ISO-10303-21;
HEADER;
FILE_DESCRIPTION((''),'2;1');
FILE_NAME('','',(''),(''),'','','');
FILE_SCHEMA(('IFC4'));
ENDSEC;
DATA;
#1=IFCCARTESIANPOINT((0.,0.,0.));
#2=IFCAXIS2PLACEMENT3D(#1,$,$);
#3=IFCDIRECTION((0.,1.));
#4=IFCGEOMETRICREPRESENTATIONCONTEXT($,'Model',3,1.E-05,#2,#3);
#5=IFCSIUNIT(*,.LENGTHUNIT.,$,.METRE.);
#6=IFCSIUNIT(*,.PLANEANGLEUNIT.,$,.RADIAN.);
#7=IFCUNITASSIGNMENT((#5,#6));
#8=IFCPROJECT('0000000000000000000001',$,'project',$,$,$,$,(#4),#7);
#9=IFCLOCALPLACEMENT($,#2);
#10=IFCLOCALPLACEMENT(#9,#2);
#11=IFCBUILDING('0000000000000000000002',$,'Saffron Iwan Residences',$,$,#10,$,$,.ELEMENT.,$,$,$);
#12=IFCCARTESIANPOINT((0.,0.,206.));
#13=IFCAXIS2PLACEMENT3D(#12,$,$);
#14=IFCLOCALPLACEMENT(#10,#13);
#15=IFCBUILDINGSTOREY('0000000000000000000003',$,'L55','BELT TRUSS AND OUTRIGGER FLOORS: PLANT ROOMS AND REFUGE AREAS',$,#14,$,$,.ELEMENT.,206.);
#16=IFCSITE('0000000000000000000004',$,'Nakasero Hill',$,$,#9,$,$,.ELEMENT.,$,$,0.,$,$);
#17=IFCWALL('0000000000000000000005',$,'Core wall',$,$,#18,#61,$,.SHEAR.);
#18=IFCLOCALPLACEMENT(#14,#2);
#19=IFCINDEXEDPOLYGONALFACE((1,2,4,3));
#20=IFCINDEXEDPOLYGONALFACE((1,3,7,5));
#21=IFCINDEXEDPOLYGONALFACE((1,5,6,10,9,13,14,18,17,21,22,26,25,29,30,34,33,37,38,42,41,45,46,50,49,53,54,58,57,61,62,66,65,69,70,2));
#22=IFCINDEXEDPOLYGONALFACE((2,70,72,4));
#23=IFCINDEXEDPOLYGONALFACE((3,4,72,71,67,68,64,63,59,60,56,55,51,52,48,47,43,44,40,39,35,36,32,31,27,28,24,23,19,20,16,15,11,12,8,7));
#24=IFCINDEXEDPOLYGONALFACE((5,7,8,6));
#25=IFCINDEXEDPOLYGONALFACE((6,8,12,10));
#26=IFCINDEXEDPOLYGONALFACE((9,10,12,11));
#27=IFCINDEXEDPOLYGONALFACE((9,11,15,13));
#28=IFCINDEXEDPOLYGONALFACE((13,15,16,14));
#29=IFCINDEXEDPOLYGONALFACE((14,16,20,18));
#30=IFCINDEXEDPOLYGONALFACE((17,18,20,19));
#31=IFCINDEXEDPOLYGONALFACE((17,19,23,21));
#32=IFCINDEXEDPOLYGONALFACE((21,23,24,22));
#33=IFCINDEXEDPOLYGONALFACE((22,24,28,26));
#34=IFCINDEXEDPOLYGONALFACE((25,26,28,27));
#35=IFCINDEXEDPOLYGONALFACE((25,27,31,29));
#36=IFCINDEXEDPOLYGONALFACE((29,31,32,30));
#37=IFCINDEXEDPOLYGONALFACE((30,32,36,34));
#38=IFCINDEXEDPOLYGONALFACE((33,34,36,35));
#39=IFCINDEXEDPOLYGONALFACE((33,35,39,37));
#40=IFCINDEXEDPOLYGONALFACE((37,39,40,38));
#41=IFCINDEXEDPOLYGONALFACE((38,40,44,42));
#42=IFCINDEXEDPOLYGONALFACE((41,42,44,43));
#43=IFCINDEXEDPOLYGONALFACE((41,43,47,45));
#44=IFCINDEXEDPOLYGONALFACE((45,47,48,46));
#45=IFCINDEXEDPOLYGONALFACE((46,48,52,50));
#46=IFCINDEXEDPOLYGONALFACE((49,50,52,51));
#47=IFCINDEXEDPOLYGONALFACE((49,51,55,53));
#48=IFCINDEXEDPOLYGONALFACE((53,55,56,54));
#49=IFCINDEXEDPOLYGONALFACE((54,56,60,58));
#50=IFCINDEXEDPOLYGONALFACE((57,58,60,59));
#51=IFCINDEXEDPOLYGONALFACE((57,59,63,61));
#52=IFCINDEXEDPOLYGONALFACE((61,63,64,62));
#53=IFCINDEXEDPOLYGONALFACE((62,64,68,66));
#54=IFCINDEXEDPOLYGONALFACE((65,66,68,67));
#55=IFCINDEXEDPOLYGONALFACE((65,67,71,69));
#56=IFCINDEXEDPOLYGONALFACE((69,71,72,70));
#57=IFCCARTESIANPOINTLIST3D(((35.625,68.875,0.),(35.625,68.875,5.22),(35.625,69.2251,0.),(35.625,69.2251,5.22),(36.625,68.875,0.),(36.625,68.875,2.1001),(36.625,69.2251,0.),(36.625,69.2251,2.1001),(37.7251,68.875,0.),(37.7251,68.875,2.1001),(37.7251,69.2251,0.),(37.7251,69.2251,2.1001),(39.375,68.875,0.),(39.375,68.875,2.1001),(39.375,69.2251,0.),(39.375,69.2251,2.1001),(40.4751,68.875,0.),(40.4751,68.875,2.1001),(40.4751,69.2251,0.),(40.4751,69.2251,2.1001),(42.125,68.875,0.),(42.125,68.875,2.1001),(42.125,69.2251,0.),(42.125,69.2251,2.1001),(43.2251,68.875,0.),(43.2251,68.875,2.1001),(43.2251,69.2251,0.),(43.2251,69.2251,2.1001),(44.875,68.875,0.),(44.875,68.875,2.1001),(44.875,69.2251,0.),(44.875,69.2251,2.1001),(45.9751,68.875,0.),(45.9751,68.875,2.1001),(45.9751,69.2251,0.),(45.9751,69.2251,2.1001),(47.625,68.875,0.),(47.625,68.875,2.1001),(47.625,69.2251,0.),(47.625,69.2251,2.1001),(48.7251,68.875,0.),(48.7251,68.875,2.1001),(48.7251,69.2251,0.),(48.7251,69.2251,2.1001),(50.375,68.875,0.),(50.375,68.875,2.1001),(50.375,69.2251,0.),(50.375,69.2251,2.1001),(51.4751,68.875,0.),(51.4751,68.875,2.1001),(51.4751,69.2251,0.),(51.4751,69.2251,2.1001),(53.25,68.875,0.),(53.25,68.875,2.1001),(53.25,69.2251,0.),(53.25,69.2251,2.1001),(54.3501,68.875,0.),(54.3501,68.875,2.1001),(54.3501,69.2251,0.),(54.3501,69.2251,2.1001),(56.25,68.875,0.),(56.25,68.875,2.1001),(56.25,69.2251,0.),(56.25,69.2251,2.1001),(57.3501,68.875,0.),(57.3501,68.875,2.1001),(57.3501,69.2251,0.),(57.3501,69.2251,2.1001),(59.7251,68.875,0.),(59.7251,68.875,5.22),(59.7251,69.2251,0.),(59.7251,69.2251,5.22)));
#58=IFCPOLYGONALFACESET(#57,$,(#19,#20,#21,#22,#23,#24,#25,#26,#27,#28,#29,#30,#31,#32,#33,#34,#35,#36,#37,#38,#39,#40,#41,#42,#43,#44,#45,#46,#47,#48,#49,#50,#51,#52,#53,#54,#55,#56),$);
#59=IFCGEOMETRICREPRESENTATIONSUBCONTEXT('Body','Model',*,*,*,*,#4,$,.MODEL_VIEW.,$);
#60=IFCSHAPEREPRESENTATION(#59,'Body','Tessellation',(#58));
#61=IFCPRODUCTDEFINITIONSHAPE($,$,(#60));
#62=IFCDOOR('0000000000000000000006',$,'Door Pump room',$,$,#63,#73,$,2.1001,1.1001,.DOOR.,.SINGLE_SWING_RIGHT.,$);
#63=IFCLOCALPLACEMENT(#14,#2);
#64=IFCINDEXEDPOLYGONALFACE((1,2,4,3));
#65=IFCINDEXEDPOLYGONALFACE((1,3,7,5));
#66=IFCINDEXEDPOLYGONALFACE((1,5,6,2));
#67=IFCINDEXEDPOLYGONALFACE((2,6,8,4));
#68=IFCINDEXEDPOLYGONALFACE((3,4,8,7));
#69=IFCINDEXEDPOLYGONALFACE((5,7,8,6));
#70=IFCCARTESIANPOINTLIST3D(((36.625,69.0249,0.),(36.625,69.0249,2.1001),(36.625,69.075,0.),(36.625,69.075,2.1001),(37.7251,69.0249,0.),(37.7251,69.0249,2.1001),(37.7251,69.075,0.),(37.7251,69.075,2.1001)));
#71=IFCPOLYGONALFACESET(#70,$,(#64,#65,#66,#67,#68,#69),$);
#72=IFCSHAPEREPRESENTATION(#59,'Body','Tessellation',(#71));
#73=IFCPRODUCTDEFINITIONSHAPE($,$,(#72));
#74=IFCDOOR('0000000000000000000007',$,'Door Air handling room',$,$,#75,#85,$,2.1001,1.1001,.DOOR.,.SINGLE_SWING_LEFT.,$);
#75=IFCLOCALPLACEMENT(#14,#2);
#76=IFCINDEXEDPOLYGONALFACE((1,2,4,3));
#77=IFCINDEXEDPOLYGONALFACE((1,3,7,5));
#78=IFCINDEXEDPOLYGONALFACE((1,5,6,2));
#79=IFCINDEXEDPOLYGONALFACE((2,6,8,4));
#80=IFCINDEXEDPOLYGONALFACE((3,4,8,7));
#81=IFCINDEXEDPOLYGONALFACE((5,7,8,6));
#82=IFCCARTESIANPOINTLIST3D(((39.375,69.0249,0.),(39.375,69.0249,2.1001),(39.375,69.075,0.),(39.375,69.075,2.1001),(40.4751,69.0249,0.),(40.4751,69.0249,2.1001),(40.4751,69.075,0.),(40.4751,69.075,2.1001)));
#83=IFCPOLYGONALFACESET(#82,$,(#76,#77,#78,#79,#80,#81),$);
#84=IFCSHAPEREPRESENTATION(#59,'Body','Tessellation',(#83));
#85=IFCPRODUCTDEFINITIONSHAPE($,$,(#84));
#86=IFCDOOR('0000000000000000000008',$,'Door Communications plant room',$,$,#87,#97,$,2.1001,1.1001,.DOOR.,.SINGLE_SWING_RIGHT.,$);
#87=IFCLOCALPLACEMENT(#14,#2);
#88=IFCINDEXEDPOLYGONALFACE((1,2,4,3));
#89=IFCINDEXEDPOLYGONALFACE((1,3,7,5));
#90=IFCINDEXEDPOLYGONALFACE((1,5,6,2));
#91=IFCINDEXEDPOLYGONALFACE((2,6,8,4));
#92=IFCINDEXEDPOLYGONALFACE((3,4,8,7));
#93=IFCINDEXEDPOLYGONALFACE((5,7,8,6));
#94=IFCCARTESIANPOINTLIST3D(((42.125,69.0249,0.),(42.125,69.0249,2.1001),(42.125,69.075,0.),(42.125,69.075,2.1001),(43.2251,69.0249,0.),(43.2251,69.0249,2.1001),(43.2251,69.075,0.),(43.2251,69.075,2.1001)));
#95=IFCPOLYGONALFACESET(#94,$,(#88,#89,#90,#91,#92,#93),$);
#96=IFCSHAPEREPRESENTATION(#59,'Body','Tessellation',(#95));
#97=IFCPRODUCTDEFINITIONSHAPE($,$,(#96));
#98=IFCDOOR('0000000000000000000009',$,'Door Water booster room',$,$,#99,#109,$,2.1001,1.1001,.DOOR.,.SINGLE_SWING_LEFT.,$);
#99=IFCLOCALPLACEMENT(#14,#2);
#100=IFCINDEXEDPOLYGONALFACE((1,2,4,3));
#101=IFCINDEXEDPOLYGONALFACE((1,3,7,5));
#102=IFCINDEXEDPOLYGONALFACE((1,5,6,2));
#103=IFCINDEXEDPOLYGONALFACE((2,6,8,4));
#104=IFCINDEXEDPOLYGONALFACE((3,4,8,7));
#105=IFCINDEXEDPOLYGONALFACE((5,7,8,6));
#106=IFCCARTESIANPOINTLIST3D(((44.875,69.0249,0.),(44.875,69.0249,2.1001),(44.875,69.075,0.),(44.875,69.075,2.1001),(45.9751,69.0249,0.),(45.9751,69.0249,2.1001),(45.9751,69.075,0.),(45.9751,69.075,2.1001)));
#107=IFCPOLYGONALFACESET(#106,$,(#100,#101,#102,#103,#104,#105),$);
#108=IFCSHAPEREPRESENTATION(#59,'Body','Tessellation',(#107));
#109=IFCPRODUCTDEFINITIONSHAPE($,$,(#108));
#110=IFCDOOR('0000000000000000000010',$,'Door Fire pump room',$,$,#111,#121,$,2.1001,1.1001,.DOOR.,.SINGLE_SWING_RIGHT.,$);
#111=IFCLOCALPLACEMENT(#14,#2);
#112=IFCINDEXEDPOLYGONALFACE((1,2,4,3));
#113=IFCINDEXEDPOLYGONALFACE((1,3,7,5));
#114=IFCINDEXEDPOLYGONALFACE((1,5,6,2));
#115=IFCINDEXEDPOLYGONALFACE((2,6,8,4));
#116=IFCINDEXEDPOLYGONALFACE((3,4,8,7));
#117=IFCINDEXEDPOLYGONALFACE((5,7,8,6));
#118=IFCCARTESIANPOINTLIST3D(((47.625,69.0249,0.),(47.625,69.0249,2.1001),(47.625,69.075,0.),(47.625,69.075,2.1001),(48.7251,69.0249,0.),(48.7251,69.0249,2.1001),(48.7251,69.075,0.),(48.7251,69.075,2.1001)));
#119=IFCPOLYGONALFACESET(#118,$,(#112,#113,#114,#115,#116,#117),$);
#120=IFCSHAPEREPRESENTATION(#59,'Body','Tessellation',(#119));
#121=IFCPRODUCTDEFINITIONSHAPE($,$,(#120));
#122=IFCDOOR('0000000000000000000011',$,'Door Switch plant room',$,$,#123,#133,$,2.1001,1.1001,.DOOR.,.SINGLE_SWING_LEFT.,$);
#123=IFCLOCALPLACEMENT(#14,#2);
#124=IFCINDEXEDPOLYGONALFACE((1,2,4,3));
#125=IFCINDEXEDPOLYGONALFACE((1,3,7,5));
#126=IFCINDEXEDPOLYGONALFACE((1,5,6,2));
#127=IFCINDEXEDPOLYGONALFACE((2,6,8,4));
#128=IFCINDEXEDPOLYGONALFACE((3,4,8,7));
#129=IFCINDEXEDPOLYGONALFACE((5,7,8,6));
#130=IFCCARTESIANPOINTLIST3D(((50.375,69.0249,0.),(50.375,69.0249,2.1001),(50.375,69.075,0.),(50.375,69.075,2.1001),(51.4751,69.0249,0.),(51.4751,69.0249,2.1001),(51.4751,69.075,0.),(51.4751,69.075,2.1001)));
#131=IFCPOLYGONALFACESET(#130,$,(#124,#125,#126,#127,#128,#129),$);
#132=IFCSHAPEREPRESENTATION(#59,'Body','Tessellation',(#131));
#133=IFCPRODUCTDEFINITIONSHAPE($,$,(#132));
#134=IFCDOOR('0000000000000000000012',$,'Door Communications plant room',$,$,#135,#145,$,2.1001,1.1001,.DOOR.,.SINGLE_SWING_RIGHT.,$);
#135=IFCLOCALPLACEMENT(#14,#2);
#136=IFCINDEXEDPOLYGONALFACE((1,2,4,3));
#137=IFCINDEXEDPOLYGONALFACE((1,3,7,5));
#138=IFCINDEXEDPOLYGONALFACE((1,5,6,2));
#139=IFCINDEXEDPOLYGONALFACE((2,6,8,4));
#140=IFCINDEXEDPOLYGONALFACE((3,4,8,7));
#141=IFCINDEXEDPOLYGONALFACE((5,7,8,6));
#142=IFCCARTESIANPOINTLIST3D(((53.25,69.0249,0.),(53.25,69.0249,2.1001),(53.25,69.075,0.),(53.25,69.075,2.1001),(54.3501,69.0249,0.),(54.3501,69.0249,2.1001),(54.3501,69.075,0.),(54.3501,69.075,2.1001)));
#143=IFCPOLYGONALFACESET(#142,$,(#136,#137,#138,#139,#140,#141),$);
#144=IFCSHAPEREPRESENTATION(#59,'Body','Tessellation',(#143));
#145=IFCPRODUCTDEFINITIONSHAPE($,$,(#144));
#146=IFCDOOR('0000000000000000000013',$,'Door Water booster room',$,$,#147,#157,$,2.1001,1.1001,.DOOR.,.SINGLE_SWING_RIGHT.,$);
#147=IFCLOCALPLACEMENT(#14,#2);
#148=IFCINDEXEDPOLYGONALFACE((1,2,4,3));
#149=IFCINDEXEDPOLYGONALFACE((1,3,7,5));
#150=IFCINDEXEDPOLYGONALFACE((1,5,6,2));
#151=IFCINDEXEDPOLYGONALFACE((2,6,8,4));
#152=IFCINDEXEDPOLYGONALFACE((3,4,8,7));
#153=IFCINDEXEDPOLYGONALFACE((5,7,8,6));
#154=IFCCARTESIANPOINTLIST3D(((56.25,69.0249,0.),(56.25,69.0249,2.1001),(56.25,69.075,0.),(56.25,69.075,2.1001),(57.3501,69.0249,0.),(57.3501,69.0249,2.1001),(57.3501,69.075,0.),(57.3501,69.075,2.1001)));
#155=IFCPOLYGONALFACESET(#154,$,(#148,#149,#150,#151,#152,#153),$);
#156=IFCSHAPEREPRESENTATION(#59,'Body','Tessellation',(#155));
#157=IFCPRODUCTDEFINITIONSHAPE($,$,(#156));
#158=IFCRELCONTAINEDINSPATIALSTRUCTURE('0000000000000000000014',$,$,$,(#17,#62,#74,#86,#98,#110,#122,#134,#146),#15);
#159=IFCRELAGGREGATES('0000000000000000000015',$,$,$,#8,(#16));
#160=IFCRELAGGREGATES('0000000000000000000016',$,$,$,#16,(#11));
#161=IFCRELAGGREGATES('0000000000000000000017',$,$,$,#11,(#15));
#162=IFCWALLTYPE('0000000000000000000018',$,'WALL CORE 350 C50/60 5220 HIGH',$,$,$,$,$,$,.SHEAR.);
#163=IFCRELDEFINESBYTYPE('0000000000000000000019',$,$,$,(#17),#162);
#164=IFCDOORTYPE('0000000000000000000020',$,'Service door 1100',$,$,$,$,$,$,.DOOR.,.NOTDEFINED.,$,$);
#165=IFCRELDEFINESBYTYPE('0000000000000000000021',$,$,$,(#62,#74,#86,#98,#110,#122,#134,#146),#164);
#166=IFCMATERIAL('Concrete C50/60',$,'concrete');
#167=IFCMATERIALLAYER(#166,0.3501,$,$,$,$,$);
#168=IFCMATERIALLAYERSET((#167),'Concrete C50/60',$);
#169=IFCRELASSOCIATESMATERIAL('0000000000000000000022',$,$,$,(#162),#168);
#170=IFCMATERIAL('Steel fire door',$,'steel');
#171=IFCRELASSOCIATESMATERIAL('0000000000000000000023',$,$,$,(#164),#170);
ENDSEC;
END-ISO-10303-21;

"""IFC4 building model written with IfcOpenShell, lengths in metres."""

from ifc_helpers import new_model, si_unit, direction, frame, frame_2d, origin, place, context, subcontext, project, spatial, rectangle, extrude, material, layer, layer_set, type_object, element, fill, save


model = new_model("IFC4")

# Units and contexts
model_context = context("Model", 3, precision=1e-05, world=origin(), true_north=direction((0.0, 1.0)))
body_context = subcontext(model_context, "Body", "Model", "MODEL_VIEW")
ifc_project = project(units=[si_unit("LENGTHUNIT", "METRE"), si_unit("PLANEANGLEUNIT", "RADIAN")], contexts=[model_context])

# Site, building, storey
site_placement = place(None, origin())
site = spatial("IfcSite", under=ifc_project, at=site_placement, Name="Nakasero Hill", CompositionType="ELEMENT", RefElevation=0.0)
building_placement = place(site_placement, origin())
building = spatial("IfcBuilding", under=site, at=building_placement, Name="Saffron Iwan Residences", CompositionType="ELEMENT")
storey_placement = place(building_placement, frame((0.0, 0.0, 206.0)))
storey = spatial("IfcBuildingStorey", under=building, at=storey_placement, Name="L55", Description="BELT TRUSS AND OUTRIGGER FLOORS: PLANT ROOMS AND REFUGE AREAS", CompositionType="ELEMENT", Elevation=206.0)

# Shared definitions
ifc_material_1 = material(Name="Concrete C50/60", Category="concrete")

# Wall, openings, doors
ifc_layer_1 = layer(ifc_material_1, 0.3501)
ifc_layer_set_1 = layer_set([ifc_layer_1], Name="Concrete C50/60")
wall_type_1 = type_object("IfcWallType", Name="WALL CORE 350 C50/60 5220 HIGH", PredefinedType="SHEAR", material=ifc_layer_set_1)
wall_placement = place(storey_placement, frame((35.625, 69.05, 0.0), z_axis=(0.0, 0.0, 1.0), x_axis=(1.0, 0.0, 0.0)))
wall = element("IfcWall", 1, at=wall_placement, inside=storey, type_object=wall_type_1, Name="Core wall", PredefinedType="SHEAR", context=body_context, shape_type="SweptSolid", body=[
    extrude(rectangle(XDim=24.1001, YDim=0.3501, at=frame_2d((12.05, 0.0))), origin(), (0.0, 0.0, 1.0), 5.22),
])
opening_1_placement = place(wall_placement, frame((1.0, 0.0, 0.0)))
opening_1 = element("IfcOpeningElement", 2, at=opening_1_placement, cuts=wall, PredefinedType="OPENING", context=body_context, shape_type="SweptSolid", body=[
    extrude(rectangle(XDim=1.1001, YDim=2.1001, at=frame_2d((0.55, 1.05))), frame((0.0, 0.1851, 0.0), z_axis=(0.0, -1.0, 0.0), x_axis=(1.0, 0.0, 0.0)), (0.0, 0.0, 1.0), 0.3701),
])
opening_2_placement = place(wall_placement, frame((3.75, 0.0, 0.0)))
opening_2 = element("IfcOpeningElement", 3, at=opening_2_placement, cuts=wall, PredefinedType="OPENING", context=body_context, shape_type="SweptSolid", body=[
    extrude(rectangle(XDim=1.1001, YDim=2.1001, at=frame_2d((0.55, 1.05))), frame((0.0, 0.1851, 0.0), z_axis=(0.0, -1.0, 0.0), x_axis=(1.0, 0.0, 0.0)), (0.0, 0.0, 1.0), 0.3701),
])
opening_3_placement = place(wall_placement, frame((6.5, 0.0, 0.0)))
opening_3 = element("IfcOpeningElement", 4, at=opening_3_placement, cuts=wall, PredefinedType="OPENING", context=body_context, shape_type="SweptSolid", body=[
    extrude(rectangle(XDim=1.1001, YDim=2.1001, at=frame_2d((0.55, 1.05))), frame((0.0, 0.1851, 0.0), z_axis=(0.0, -1.0, 0.0), x_axis=(1.0, 0.0, 0.0)), (0.0, 0.0, 1.0), 0.3701),
])
opening_4_placement = place(wall_placement, frame((9.25, 0.0, 0.0)))
opening_4 = element("IfcOpeningElement", 5, at=opening_4_placement, cuts=wall, PredefinedType="OPENING", context=body_context, shape_type="SweptSolid", body=[
    extrude(rectangle(XDim=1.1001, YDim=2.1001, at=frame_2d((0.55, 1.05))), frame((0.0, 0.1851, 0.0), z_axis=(0.0, -1.0, 0.0), x_axis=(1.0, 0.0, 0.0)), (0.0, 0.0, 1.0), 0.3701),
])
opening_5_placement = place(wall_placement, frame((12.0, 0.0, 0.0)))
opening_5 = element("IfcOpeningElement", 6, at=opening_5_placement, cuts=wall, PredefinedType="OPENING", context=body_context, shape_type="SweptSolid", body=[
    extrude(rectangle(XDim=1.1001, YDim=2.1001, at=frame_2d((0.55, 1.05))), frame((0.0, 0.1851, 0.0), z_axis=(0.0, -1.0, 0.0), x_axis=(1.0, 0.0, 0.0)), (0.0, 0.0, 1.0), 0.3701),
])
opening_6_placement = place(wall_placement, frame((14.75, 0.0, 0.0)))
opening_6 = element("IfcOpeningElement", 7, at=opening_6_placement, cuts=wall, PredefinedType="OPENING", context=body_context, shape_type="SweptSolid", body=[
    extrude(rectangle(XDim=1.1001, YDim=2.1001, at=frame_2d((0.55, 1.05))), frame((0.0, 0.1851, 0.0), z_axis=(0.0, -1.0, 0.0), x_axis=(1.0, 0.0, 0.0)), (0.0, 0.0, 1.0), 0.3701),
])
opening_7_placement = place(wall_placement, frame((17.625, 0.0, 0.0)))
opening_7 = element("IfcOpeningElement", 8, at=opening_7_placement, cuts=wall, PredefinedType="OPENING", context=body_context, shape_type="SweptSolid", body=[
    extrude(rectangle(XDim=1.1001, YDim=2.1001, at=frame_2d((0.55, 1.05))), frame((0.0, 0.1851, 0.0), z_axis=(0.0, -1.0, 0.0), x_axis=(1.0, 0.0, 0.0)), (0.0, 0.0, 1.0), 0.3701),
])
opening_8_placement = place(wall_placement, frame((20.625, 0.0, 0.0)))
opening_8 = element("IfcOpeningElement", 9, at=opening_8_placement, cuts=wall, PredefinedType="OPENING", context=body_context, shape_type="SweptSolid", body=[
    extrude(rectangle(XDim=1.1001, YDim=2.1001, at=frame_2d((0.55, 1.05))), frame((0.0, 0.1851, 0.0), z_axis=(0.0, -1.0, 0.0), x_axis=(1.0, 0.0, 0.0)), (0.0, 0.0, 1.0), 0.3701),
])
ifc_material_2 = material(Name="Steel fire door", Category="steel")
door_type = type_object("IfcDoorType", Name="Service door 1100", OperationType="NOTDEFINED", PredefinedType="DOOR", material=ifc_material_2)
door_1_placement = place(opening_1_placement, origin())
door_1 = element("IfcDoor", 10, at=door_1_placement, inside=storey, type_object=door_type, Name="Door Pump room", OperationType="SINGLE_SWING_RIGHT", OverallHeight=2.1001, OverallWidth=1.1001, PredefinedType="DOOR", context=body_context, shape_type="SweptSolid", body=[
    extrude(rectangle(XDim=1.1001, YDim=2.1001, at=frame_2d((0.55, 1.05))), frame((0.0, 0.0249, 0.0), z_axis=(0.0, -1.0, 0.0), x_axis=(1.0, 0.0, 0.0)), (0.0, 0.0, 1.0), 0.05),
])
fill(opening_1, door_1)
door_2_placement = place(opening_2_placement, origin())
door_2 = element("IfcDoor", 11, at=door_2_placement, inside=storey, type_object=door_type, Name="Door Air handling room", OperationType="SINGLE_SWING_LEFT", OverallHeight=2.1001, OverallWidth=1.1001, PredefinedType="DOOR", context=body_context, shape_type="SweptSolid", body=[
    extrude(rectangle(XDim=1.1001, YDim=2.1001, at=frame_2d((0.55, 1.05))), frame((0.0, 0.0249, 0.0), z_axis=(0.0, -1.0, 0.0), x_axis=(1.0, 0.0, 0.0)), (0.0, 0.0, 1.0), 0.05),
])
fill(opening_2, door_2)
door_3_placement = place(opening_3_placement, origin())
door_3 = element("IfcDoor", 12, at=door_3_placement, inside=storey, type_object=door_type, Name="Door Communications plant room", OperationType="SINGLE_SWING_RIGHT", OverallHeight=2.1001, OverallWidth=1.1001, PredefinedType="DOOR", context=body_context, shape_type="SweptSolid", body=[
    extrude(rectangle(XDim=1.1001, YDim=2.1001, at=frame_2d((0.55, 1.05))), frame((0.0, 0.0249, 0.0), z_axis=(0.0, -1.0, 0.0), x_axis=(1.0, 0.0, 0.0)), (0.0, 0.0, 1.0), 0.05),
])
fill(opening_3, door_3)
door_4_placement = place(opening_4_placement, origin())
door_4 = element("IfcDoor", 13, at=door_4_placement, inside=storey, type_object=door_type, Name="Door Water booster room", OperationType="SINGLE_SWING_LEFT", OverallHeight=2.1001, OverallWidth=1.1001, PredefinedType="DOOR", context=body_context, shape_type="SweptSolid", body=[
    extrude(rectangle(XDim=1.1001, YDim=2.1001, at=frame_2d((0.55, 1.05))), frame((0.0, 0.0249, 0.0), z_axis=(0.0, -1.0, 0.0), x_axis=(1.0, 0.0, 0.0)), (0.0, 0.0, 1.0), 0.05),
])
fill(opening_4, door_4)
door_5_placement = place(opening_5_placement, origin())
door_5 = element("IfcDoor", 14, at=door_5_placement, inside=storey, type_object=door_type, Name="Door Fire pump room", OperationType="SINGLE_SWING_RIGHT", OverallHeight=2.1001, OverallWidth=1.1001, PredefinedType="DOOR", context=body_context, shape_type="SweptSolid", body=[
    extrude(rectangle(XDim=1.1001, YDim=2.1001, at=frame_2d((0.55, 1.05))), frame((0.0, 0.0249, 0.0), z_axis=(0.0, -1.0, 0.0), x_axis=(1.0, 0.0, 0.0)), (0.0, 0.0, 1.0), 0.05),
])
fill(opening_5, door_5)
door_6_placement = place(opening_6_placement, origin())
door_6 = element("IfcDoor", 15, at=door_6_placement, inside=storey, type_object=door_type, Name="Door Switch plant room", OperationType="SINGLE_SWING_LEFT", OverallHeight=2.1001, OverallWidth=1.1001, PredefinedType="DOOR", context=body_context, shape_type="SweptSolid", body=[
    extrude(rectangle(XDim=1.1001, YDim=2.1001, at=frame_2d((0.55, 1.05))), frame((0.0, 0.0249, 0.0), z_axis=(0.0, -1.0, 0.0), x_axis=(1.0, 0.0, 0.0)), (0.0, 0.0, 1.0), 0.05),
])
fill(opening_6, door_6)
door_7_placement = place(opening_7_placement, origin())
door_7 = element("IfcDoor", 16, at=door_7_placement, inside=storey, type_object=door_type, Name="Door Communications plant room", OperationType="SINGLE_SWING_RIGHT", OverallHeight=2.1001, OverallWidth=1.1001, PredefinedType="DOOR", context=body_context, shape_type="SweptSolid", body=[
    extrude(rectangle(XDim=1.1001, YDim=2.1001, at=frame_2d((0.55, 1.05))), frame((0.0, 0.0249, 0.0), z_axis=(0.0, -1.0, 0.0), x_axis=(1.0, 0.0, 0.0)), (0.0, 0.0, 1.0), 0.05),
])
fill(opening_7, door_7)
door_8_placement = place(opening_8_placement, origin())
door_8 = element("IfcDoor", 17, at=door_8_placement, inside=storey, type_object=door_type, Name="Door Water booster room", OperationType="SINGLE_SWING_RIGHT", OverallHeight=2.1001, OverallWidth=1.1001, PredefinedType="DOOR", context=body_context, shape_type="SweptSolid", body=[
    extrude(rectangle(XDim=1.1001, YDim=2.1001, at=frame_2d((0.55, 1.05))), frame((0.0, 0.0249, 0.0), z_axis=(0.0, -1.0, 0.0), x_axis=(1.0, 0.0, 0.0)), (0.0, 0.0, 1.0), 0.05),
])
fill(opening_8, door_8)

save(model, "model.ifc")
